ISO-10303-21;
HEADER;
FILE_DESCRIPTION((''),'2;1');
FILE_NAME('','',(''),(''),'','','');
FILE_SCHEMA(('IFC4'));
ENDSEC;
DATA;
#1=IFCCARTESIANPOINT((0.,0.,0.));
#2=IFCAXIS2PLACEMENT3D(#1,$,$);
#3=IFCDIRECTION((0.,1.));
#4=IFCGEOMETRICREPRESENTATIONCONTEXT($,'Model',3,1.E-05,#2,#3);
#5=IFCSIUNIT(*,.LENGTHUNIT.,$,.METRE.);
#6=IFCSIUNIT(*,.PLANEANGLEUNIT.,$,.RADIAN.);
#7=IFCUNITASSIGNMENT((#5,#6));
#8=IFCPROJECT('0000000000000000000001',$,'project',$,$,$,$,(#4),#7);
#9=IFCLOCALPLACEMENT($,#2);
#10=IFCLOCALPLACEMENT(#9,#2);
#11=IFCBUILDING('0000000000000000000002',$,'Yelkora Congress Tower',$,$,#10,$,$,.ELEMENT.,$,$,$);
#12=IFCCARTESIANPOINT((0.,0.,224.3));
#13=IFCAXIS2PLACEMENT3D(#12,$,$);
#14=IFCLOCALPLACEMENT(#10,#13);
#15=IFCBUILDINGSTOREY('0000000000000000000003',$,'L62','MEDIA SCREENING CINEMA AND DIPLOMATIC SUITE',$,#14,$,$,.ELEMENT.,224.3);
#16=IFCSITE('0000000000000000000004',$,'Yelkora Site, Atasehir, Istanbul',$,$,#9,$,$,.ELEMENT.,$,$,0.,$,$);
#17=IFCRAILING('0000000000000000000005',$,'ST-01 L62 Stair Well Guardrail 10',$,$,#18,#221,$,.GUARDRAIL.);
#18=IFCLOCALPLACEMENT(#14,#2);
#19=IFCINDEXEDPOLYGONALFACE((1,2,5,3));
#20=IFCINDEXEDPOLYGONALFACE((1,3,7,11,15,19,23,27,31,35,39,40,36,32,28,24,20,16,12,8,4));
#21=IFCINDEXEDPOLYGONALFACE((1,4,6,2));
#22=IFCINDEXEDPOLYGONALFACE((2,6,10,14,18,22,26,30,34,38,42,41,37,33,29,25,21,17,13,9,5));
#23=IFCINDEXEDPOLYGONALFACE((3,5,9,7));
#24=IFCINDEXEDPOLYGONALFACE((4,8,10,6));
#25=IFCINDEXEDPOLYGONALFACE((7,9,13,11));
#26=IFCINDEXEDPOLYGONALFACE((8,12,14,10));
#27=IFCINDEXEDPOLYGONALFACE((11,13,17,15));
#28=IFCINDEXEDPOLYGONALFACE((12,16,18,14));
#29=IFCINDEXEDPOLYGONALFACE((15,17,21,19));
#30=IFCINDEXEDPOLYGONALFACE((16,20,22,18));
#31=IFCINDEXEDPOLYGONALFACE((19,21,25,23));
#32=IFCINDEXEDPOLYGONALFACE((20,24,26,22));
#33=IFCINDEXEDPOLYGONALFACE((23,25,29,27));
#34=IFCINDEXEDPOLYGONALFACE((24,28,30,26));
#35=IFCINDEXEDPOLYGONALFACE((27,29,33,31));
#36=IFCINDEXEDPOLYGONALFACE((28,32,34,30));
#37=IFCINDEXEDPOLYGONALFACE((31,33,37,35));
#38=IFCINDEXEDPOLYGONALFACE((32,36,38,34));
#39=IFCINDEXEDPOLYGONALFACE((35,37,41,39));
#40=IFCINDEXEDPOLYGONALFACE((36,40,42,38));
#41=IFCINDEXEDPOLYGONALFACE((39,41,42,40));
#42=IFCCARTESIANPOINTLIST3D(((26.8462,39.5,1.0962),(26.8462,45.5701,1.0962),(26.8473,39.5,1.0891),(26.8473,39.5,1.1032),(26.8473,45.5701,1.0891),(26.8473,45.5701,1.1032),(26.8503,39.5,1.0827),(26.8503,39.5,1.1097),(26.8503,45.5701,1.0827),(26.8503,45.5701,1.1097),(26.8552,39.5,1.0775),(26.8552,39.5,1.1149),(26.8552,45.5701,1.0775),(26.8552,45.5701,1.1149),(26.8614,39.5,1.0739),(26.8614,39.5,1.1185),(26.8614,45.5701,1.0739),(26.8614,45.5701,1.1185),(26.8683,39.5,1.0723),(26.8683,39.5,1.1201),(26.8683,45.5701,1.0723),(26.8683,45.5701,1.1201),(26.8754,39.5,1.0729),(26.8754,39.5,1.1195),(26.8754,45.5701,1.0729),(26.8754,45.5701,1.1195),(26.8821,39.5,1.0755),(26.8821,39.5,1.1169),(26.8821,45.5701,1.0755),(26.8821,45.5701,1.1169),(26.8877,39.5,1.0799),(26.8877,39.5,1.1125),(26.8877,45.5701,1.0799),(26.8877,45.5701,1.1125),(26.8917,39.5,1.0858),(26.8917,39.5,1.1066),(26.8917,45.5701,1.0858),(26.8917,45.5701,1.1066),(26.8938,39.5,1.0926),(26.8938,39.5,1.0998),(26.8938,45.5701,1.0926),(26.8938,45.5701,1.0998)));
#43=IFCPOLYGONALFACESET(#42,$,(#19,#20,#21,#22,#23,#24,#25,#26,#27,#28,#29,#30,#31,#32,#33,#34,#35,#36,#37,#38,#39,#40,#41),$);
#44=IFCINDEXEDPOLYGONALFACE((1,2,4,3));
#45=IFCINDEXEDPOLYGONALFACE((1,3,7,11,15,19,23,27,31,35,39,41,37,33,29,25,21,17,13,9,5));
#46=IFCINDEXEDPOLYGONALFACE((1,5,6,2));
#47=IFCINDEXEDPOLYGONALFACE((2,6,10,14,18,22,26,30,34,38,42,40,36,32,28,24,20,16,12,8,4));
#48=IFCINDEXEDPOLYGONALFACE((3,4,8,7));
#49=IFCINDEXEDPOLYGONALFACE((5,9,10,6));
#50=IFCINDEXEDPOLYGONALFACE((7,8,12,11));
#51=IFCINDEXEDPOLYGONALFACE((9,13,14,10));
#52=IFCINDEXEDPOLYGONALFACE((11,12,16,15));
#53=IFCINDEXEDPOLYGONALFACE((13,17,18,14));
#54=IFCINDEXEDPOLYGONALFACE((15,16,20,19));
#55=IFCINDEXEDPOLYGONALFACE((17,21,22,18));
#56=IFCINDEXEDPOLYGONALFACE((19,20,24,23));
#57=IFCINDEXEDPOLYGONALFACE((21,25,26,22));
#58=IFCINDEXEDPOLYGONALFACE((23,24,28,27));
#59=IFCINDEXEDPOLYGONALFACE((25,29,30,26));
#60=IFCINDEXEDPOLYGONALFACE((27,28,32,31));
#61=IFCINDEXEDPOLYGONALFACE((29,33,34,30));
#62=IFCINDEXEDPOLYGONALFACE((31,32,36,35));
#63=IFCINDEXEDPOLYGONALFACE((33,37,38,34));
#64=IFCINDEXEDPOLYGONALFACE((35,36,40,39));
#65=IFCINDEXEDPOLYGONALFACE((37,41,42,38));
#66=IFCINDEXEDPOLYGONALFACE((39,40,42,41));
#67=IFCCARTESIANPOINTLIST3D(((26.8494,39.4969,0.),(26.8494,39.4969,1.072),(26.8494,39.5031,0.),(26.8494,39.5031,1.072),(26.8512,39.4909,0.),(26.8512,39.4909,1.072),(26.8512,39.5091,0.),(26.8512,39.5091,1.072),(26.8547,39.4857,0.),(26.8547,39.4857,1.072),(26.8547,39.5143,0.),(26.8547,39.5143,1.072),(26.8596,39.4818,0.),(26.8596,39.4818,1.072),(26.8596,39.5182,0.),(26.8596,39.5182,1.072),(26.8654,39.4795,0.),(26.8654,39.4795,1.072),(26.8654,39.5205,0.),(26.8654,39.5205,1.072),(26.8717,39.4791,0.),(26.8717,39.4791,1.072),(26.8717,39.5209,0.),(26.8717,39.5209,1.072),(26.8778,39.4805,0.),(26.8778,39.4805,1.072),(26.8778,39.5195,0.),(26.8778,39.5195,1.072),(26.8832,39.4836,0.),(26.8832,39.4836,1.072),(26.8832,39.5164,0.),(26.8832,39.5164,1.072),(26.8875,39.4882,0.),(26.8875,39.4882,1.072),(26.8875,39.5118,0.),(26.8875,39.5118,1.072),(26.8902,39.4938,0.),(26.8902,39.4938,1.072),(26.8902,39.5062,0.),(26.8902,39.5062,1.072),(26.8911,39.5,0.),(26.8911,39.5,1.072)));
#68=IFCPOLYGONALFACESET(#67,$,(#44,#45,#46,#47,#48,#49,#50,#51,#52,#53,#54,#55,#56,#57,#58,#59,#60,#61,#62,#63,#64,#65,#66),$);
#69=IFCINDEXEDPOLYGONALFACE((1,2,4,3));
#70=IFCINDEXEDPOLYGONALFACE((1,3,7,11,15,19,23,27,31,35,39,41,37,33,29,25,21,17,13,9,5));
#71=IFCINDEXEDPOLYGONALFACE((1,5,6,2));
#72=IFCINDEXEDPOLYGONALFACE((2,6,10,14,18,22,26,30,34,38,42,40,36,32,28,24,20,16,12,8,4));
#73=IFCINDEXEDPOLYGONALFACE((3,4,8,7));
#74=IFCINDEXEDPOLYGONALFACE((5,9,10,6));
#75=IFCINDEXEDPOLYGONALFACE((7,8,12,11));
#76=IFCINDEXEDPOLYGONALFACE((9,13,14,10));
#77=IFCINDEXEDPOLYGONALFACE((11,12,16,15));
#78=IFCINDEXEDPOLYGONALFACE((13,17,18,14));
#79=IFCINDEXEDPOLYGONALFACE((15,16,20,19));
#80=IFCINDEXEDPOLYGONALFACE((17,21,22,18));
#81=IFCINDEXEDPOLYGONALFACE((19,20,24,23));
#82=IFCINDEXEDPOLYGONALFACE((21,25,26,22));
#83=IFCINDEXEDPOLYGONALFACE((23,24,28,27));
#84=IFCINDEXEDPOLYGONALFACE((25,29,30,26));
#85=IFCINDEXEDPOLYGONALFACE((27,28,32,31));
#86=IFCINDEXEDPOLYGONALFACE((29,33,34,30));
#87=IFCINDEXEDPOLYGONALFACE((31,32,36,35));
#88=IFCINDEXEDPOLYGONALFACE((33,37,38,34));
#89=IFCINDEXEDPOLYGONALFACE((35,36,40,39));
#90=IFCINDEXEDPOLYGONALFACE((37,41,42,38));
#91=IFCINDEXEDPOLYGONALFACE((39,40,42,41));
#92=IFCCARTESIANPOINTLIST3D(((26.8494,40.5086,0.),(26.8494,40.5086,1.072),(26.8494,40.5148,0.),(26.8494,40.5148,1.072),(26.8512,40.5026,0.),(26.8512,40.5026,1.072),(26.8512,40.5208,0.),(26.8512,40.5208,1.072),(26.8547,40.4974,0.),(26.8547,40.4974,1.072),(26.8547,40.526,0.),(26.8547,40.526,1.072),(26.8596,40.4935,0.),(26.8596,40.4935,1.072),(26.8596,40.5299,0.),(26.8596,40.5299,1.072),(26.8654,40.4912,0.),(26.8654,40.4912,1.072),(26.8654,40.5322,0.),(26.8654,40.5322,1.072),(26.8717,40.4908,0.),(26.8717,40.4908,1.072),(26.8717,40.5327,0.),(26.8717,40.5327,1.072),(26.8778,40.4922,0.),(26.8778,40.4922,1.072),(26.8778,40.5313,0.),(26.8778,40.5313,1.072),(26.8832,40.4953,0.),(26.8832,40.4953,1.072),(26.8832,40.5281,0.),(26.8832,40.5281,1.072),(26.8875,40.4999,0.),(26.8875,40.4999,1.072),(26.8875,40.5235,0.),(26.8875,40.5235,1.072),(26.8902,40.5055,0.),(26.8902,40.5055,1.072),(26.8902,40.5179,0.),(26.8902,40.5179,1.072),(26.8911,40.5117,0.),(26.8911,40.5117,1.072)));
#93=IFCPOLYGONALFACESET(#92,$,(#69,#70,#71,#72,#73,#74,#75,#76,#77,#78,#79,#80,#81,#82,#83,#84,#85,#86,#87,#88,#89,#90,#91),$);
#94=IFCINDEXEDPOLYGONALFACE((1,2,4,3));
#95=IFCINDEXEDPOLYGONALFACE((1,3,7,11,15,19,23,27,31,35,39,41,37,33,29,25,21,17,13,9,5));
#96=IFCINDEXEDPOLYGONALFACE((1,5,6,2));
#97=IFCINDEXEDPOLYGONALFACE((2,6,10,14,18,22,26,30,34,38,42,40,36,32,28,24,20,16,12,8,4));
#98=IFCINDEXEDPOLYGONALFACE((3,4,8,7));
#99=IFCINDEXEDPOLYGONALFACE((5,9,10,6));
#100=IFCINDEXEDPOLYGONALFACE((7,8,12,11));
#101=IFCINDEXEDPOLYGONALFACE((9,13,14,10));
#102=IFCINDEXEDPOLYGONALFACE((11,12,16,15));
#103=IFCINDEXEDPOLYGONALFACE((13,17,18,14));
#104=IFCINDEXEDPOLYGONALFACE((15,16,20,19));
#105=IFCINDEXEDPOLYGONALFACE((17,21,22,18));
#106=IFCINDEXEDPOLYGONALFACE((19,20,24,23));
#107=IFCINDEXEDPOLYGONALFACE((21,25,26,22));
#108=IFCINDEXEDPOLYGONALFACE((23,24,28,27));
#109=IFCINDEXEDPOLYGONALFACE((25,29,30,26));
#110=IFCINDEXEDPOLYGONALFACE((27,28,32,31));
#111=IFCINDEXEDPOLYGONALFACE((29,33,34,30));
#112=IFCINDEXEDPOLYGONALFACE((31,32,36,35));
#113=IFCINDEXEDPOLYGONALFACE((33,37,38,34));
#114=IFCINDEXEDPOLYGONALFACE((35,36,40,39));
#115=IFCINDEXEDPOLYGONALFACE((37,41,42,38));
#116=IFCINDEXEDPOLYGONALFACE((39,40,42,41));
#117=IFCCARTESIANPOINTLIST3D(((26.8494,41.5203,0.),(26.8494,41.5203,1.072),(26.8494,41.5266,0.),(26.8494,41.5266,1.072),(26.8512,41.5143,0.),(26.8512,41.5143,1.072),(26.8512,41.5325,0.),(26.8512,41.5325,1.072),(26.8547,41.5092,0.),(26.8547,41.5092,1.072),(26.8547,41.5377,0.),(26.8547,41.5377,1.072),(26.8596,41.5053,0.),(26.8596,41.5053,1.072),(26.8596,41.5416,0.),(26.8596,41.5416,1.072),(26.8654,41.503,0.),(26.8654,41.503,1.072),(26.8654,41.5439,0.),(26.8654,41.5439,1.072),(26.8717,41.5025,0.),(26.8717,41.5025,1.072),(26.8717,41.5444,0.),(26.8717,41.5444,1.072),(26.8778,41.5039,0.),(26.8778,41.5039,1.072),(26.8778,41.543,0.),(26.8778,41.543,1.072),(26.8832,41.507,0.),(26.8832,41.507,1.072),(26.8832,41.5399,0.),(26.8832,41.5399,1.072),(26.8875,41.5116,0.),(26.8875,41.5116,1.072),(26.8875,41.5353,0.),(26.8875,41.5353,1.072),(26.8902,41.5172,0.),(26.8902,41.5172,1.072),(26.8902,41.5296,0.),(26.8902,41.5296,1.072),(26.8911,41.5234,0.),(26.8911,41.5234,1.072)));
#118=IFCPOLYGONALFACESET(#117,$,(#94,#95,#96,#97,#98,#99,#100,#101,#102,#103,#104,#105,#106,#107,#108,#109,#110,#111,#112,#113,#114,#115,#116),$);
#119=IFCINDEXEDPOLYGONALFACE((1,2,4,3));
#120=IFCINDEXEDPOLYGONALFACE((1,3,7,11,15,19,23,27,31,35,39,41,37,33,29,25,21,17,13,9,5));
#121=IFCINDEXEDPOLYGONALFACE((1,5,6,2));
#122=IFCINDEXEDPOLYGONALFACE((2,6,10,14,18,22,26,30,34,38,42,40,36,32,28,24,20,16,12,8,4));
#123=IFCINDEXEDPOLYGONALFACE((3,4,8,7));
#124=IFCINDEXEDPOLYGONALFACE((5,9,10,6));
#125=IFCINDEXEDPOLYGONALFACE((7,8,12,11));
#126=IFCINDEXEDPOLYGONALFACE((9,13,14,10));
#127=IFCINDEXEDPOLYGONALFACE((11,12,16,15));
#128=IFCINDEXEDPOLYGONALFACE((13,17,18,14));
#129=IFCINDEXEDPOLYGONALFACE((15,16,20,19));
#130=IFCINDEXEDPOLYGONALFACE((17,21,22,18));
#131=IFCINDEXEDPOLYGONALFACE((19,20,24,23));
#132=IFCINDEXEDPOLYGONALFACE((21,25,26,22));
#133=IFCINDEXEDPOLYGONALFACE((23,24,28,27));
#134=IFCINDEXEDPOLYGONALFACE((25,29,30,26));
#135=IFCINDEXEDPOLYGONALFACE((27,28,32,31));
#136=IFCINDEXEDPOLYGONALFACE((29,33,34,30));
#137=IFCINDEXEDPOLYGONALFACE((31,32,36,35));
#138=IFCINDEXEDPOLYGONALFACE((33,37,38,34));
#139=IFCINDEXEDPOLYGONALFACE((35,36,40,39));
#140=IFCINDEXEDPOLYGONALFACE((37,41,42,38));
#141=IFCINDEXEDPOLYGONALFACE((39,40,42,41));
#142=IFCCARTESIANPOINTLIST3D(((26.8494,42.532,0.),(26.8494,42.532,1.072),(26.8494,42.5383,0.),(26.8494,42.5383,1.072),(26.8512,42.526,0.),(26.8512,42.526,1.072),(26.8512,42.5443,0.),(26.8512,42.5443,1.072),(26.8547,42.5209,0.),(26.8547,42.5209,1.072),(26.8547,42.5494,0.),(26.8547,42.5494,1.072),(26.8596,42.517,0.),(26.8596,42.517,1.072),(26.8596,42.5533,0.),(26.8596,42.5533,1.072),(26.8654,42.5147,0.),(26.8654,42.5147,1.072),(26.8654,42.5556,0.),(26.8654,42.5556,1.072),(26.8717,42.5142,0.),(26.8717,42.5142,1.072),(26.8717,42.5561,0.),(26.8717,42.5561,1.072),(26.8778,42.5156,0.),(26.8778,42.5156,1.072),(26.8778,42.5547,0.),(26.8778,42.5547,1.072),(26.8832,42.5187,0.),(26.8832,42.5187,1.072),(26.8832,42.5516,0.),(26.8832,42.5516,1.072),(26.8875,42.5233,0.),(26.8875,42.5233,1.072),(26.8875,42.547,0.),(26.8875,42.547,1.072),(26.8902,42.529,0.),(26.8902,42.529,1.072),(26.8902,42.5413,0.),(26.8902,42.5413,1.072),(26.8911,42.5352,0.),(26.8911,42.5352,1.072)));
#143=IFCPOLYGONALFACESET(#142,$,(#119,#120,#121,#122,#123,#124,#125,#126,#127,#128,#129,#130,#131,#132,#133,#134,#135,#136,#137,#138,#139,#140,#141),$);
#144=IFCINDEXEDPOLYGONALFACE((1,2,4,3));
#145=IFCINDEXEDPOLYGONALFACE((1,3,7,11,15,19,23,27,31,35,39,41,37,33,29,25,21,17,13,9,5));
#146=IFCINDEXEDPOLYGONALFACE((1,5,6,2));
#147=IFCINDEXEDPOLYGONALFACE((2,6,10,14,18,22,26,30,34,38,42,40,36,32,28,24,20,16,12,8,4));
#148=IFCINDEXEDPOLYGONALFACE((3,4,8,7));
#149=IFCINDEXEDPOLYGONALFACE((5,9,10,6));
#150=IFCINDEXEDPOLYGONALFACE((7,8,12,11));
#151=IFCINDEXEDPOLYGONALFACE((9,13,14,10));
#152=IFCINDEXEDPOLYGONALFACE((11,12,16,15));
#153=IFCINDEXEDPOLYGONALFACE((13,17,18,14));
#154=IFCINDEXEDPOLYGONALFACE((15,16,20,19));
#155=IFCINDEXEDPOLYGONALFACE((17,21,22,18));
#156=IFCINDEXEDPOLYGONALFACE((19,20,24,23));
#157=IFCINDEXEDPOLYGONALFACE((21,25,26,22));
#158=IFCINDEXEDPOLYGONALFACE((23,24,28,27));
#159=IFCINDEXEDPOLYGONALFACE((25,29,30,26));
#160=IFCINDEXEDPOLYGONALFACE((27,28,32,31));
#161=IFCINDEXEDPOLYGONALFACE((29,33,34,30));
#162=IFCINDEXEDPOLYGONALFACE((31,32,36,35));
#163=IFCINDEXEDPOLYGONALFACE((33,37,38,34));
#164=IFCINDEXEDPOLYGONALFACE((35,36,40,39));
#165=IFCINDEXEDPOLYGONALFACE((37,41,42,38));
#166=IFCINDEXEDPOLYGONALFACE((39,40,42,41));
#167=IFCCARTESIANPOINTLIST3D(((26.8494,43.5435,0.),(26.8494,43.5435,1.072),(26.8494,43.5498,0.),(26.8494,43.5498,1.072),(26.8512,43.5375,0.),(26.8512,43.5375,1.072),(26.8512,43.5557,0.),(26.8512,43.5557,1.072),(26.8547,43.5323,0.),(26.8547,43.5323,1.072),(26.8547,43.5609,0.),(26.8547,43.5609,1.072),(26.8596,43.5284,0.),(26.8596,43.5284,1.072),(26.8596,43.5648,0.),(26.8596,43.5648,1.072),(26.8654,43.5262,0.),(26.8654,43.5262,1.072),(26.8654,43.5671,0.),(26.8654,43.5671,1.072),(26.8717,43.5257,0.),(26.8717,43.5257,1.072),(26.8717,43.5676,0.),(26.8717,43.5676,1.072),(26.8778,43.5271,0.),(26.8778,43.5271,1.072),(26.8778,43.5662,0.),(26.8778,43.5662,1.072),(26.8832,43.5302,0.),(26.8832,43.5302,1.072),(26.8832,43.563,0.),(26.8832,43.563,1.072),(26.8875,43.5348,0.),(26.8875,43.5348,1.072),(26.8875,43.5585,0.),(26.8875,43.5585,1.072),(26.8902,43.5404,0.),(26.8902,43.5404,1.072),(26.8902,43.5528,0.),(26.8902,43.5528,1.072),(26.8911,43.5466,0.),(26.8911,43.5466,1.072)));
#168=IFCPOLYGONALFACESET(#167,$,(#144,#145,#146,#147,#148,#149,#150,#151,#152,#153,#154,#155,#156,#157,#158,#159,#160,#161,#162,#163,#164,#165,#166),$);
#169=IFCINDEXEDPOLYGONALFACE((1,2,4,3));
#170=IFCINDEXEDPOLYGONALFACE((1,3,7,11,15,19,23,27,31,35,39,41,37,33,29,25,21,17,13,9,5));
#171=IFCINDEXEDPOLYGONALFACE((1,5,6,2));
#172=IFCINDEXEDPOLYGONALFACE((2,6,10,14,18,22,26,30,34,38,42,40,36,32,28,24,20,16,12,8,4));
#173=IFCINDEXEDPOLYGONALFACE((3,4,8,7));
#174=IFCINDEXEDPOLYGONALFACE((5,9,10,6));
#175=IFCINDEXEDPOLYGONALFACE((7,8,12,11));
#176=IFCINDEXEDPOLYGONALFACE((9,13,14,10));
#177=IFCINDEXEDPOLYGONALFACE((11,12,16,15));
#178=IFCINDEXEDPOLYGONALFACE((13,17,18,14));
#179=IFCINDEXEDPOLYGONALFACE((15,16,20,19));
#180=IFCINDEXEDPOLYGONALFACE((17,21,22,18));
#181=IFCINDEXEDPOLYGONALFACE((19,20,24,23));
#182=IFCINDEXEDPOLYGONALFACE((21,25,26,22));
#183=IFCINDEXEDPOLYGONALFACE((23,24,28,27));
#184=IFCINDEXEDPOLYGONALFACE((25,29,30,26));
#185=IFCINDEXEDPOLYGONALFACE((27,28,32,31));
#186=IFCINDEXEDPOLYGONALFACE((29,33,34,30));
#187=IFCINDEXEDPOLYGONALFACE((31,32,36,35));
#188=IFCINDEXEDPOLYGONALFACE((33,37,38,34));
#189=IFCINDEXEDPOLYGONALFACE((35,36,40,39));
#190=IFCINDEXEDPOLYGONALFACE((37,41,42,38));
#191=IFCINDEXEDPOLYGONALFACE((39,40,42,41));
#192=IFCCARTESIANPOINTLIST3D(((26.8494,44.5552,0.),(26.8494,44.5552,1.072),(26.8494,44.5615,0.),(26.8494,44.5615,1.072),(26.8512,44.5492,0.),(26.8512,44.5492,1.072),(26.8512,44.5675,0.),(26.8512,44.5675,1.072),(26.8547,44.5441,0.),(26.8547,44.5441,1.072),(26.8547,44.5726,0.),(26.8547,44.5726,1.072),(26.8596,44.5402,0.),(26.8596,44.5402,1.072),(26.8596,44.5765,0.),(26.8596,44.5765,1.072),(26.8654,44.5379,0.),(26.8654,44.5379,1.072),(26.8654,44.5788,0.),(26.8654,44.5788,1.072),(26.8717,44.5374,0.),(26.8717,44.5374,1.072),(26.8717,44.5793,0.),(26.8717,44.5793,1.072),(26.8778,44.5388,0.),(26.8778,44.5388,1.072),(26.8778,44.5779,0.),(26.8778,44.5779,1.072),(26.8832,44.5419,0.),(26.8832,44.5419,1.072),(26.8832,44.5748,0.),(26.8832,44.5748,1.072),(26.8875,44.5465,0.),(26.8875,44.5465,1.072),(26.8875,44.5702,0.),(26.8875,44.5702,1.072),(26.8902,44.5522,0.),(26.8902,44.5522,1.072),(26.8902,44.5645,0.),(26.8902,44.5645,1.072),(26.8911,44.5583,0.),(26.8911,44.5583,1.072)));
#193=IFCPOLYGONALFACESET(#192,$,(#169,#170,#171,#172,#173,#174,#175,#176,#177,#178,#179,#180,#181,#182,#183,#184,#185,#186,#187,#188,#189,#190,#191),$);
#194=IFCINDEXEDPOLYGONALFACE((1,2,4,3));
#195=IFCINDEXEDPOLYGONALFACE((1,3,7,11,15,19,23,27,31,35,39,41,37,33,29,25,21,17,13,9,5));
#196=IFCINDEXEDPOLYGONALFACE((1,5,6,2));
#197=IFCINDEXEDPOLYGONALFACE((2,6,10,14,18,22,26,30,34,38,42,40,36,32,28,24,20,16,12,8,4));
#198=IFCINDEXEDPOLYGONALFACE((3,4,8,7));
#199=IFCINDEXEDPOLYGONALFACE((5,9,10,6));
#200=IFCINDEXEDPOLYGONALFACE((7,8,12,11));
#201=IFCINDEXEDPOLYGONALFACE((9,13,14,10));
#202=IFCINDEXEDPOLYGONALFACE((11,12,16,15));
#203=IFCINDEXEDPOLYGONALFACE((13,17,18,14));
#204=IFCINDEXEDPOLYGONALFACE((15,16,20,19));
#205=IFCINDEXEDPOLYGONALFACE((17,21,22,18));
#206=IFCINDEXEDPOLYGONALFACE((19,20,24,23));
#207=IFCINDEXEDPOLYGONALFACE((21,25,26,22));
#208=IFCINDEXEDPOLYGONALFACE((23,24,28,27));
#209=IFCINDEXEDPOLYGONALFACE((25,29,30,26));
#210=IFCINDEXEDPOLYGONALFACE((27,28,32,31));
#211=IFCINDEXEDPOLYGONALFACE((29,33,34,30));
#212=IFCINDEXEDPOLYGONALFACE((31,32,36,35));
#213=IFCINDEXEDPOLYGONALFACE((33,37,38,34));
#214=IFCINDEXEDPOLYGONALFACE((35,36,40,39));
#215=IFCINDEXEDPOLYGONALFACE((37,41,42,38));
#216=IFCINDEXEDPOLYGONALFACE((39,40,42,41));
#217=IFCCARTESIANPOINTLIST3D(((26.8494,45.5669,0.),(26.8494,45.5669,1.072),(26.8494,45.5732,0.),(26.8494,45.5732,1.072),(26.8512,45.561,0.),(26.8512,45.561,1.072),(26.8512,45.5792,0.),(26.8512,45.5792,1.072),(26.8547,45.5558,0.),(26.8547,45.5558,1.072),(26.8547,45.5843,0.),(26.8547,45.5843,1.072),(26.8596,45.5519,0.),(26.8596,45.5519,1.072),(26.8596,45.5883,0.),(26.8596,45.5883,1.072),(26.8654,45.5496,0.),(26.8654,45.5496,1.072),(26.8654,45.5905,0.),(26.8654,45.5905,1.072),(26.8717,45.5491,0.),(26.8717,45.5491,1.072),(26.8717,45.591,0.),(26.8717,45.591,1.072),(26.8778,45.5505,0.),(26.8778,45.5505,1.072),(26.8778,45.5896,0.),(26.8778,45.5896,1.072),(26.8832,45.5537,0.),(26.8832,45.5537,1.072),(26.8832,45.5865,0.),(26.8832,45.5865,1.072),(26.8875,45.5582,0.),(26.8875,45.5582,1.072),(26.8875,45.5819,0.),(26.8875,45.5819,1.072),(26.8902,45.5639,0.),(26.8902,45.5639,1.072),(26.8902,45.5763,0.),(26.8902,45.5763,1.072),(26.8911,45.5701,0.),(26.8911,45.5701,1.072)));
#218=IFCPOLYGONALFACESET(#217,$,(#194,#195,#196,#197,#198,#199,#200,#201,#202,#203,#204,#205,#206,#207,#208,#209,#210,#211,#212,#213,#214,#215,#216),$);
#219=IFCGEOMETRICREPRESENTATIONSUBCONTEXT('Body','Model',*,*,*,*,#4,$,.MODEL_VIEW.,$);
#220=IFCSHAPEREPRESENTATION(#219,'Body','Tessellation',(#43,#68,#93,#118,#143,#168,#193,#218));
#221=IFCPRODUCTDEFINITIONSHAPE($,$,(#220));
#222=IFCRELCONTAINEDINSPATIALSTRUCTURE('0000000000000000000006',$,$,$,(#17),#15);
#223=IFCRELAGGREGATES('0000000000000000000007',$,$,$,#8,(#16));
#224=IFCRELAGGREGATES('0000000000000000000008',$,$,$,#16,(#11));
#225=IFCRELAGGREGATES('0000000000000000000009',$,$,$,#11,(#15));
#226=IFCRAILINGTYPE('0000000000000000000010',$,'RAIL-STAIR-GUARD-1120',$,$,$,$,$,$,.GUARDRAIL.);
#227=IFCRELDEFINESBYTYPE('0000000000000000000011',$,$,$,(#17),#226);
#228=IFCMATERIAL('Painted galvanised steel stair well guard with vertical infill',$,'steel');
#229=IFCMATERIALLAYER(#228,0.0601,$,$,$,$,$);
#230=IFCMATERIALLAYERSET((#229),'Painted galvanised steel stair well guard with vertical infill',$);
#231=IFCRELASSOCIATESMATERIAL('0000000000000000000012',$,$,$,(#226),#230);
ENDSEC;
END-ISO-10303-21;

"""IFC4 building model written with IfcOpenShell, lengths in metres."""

from ifc_helpers import new_model, si_unit, direction, frame, origin, origin_2d, place, context, subcontext, project, spatial, circle, extrude, material, layer, layer_set, type_object, element, save


model = new_model("IFC4")

# Units and contexts
model_context = context("Model", 3, precision=1e-05, world=origin(), true_north=direction((0.0, 1.0)))
body_context = subcontext(model_context, "Body", "Model", "MODEL_VIEW")
ifc_project = project(units=[si_unit("LENGTHUNIT", "METRE"), si_unit("PLANEANGLEUNIT", "RADIAN")], contexts=[model_context])

# Site, building, storey
site_placement = place(None, origin())
site = spatial("IfcSite", under=ifc_project, at=site_placement, Name="Yelkora Site, Atasehir, Istanbul", CompositionType="ELEMENT", RefElevation=0.0)
building_placement = place(site_placement, origin())
building = spatial("IfcBuilding", under=site, at=building_placement, Name="Yelkora Congress Tower", CompositionType="ELEMENT")
storey_placement = place(building_placement, frame((0.0, 0.0, 224.3)))
storey = spatial("IfcBuildingStorey", under=building, at=storey_placement, Name="L62", Description="MEDIA SCREENING CINEMA AND DIPLOMATIC SUITE", CompositionType="ELEMENT", Elevation=224.3)

# Railing
ifc_material_1 = material(Name="Painted galvanised steel stair well guard with vertical infill", Category="steel")
ifc_layer_1 = layer(ifc_material_1, 0.0601)
ifc_layer_set_1 = layer_set([ifc_layer_1], Name="Painted galvanised steel stair well guard with vertical infill")
railing_type_1 = type_object("IfcRailingType", Name="RAIL-STAIR-GUARD-1120", PredefinedType="GUARDRAIL", material=ifc_layer_set_1)
railing_1_placement = place(storey_placement, frame((26.8701, 39.5, 0.0)))
element("IfcRailing", 1, at=railing_1_placement, inside=storey, type_object=railing_type_1, Name="ST-01 L62 Stair Well Guardrail 10", PredefinedType="GUARDRAIL", context=body_context, shape_type="SweptSolid", body=[
    extrude(circle(Radius=0.0239, at=origin_2d()), frame((0.0, 0.0, 1.0962), z_axis=(0.0, 1.0, 0.0), x_axis=(-1.0, 0.0, 0.0)), (0.0, 0.0, 1.0), 6.0701),
    extrude(circle(Radius=0.021, at=origin_2d()), origin(), (0.0, 0.0, 1.0), 1.072),
    extrude(circle(Radius=0.021, at=origin_2d()), frame((0.0, 1.0117, 0.0)), (0.0, 0.0, 1.0), 1.072),
    extrude(circle(Radius=0.021, at=origin_2d()), frame((0.0, 2.0234, 0.0)), (0.0, 0.0, 1.0), 1.072),
    extrude(circle(Radius=0.021, at=origin_2d()), frame((0.0, 3.0352, 0.0)), (0.0, 0.0, 1.0), 1.072),
    extrude(circle(Radius=0.021, at=origin_2d()), frame((0.0, 4.0466, 0.0)), (0.0, 0.0, 1.0), 1.072),
    extrude(circle(Radius=0.021, at=origin_2d()), frame((0.0, 5.0583, 0.0)), (0.0, 0.0, 1.0), 1.072),
    extrude(circle(Radius=0.021, at=origin_2d()), frame((0.0, 6.0701, 0.0)), (0.0, 0.0, 1.0), 1.072),
])

save(model, "model.ifc")
